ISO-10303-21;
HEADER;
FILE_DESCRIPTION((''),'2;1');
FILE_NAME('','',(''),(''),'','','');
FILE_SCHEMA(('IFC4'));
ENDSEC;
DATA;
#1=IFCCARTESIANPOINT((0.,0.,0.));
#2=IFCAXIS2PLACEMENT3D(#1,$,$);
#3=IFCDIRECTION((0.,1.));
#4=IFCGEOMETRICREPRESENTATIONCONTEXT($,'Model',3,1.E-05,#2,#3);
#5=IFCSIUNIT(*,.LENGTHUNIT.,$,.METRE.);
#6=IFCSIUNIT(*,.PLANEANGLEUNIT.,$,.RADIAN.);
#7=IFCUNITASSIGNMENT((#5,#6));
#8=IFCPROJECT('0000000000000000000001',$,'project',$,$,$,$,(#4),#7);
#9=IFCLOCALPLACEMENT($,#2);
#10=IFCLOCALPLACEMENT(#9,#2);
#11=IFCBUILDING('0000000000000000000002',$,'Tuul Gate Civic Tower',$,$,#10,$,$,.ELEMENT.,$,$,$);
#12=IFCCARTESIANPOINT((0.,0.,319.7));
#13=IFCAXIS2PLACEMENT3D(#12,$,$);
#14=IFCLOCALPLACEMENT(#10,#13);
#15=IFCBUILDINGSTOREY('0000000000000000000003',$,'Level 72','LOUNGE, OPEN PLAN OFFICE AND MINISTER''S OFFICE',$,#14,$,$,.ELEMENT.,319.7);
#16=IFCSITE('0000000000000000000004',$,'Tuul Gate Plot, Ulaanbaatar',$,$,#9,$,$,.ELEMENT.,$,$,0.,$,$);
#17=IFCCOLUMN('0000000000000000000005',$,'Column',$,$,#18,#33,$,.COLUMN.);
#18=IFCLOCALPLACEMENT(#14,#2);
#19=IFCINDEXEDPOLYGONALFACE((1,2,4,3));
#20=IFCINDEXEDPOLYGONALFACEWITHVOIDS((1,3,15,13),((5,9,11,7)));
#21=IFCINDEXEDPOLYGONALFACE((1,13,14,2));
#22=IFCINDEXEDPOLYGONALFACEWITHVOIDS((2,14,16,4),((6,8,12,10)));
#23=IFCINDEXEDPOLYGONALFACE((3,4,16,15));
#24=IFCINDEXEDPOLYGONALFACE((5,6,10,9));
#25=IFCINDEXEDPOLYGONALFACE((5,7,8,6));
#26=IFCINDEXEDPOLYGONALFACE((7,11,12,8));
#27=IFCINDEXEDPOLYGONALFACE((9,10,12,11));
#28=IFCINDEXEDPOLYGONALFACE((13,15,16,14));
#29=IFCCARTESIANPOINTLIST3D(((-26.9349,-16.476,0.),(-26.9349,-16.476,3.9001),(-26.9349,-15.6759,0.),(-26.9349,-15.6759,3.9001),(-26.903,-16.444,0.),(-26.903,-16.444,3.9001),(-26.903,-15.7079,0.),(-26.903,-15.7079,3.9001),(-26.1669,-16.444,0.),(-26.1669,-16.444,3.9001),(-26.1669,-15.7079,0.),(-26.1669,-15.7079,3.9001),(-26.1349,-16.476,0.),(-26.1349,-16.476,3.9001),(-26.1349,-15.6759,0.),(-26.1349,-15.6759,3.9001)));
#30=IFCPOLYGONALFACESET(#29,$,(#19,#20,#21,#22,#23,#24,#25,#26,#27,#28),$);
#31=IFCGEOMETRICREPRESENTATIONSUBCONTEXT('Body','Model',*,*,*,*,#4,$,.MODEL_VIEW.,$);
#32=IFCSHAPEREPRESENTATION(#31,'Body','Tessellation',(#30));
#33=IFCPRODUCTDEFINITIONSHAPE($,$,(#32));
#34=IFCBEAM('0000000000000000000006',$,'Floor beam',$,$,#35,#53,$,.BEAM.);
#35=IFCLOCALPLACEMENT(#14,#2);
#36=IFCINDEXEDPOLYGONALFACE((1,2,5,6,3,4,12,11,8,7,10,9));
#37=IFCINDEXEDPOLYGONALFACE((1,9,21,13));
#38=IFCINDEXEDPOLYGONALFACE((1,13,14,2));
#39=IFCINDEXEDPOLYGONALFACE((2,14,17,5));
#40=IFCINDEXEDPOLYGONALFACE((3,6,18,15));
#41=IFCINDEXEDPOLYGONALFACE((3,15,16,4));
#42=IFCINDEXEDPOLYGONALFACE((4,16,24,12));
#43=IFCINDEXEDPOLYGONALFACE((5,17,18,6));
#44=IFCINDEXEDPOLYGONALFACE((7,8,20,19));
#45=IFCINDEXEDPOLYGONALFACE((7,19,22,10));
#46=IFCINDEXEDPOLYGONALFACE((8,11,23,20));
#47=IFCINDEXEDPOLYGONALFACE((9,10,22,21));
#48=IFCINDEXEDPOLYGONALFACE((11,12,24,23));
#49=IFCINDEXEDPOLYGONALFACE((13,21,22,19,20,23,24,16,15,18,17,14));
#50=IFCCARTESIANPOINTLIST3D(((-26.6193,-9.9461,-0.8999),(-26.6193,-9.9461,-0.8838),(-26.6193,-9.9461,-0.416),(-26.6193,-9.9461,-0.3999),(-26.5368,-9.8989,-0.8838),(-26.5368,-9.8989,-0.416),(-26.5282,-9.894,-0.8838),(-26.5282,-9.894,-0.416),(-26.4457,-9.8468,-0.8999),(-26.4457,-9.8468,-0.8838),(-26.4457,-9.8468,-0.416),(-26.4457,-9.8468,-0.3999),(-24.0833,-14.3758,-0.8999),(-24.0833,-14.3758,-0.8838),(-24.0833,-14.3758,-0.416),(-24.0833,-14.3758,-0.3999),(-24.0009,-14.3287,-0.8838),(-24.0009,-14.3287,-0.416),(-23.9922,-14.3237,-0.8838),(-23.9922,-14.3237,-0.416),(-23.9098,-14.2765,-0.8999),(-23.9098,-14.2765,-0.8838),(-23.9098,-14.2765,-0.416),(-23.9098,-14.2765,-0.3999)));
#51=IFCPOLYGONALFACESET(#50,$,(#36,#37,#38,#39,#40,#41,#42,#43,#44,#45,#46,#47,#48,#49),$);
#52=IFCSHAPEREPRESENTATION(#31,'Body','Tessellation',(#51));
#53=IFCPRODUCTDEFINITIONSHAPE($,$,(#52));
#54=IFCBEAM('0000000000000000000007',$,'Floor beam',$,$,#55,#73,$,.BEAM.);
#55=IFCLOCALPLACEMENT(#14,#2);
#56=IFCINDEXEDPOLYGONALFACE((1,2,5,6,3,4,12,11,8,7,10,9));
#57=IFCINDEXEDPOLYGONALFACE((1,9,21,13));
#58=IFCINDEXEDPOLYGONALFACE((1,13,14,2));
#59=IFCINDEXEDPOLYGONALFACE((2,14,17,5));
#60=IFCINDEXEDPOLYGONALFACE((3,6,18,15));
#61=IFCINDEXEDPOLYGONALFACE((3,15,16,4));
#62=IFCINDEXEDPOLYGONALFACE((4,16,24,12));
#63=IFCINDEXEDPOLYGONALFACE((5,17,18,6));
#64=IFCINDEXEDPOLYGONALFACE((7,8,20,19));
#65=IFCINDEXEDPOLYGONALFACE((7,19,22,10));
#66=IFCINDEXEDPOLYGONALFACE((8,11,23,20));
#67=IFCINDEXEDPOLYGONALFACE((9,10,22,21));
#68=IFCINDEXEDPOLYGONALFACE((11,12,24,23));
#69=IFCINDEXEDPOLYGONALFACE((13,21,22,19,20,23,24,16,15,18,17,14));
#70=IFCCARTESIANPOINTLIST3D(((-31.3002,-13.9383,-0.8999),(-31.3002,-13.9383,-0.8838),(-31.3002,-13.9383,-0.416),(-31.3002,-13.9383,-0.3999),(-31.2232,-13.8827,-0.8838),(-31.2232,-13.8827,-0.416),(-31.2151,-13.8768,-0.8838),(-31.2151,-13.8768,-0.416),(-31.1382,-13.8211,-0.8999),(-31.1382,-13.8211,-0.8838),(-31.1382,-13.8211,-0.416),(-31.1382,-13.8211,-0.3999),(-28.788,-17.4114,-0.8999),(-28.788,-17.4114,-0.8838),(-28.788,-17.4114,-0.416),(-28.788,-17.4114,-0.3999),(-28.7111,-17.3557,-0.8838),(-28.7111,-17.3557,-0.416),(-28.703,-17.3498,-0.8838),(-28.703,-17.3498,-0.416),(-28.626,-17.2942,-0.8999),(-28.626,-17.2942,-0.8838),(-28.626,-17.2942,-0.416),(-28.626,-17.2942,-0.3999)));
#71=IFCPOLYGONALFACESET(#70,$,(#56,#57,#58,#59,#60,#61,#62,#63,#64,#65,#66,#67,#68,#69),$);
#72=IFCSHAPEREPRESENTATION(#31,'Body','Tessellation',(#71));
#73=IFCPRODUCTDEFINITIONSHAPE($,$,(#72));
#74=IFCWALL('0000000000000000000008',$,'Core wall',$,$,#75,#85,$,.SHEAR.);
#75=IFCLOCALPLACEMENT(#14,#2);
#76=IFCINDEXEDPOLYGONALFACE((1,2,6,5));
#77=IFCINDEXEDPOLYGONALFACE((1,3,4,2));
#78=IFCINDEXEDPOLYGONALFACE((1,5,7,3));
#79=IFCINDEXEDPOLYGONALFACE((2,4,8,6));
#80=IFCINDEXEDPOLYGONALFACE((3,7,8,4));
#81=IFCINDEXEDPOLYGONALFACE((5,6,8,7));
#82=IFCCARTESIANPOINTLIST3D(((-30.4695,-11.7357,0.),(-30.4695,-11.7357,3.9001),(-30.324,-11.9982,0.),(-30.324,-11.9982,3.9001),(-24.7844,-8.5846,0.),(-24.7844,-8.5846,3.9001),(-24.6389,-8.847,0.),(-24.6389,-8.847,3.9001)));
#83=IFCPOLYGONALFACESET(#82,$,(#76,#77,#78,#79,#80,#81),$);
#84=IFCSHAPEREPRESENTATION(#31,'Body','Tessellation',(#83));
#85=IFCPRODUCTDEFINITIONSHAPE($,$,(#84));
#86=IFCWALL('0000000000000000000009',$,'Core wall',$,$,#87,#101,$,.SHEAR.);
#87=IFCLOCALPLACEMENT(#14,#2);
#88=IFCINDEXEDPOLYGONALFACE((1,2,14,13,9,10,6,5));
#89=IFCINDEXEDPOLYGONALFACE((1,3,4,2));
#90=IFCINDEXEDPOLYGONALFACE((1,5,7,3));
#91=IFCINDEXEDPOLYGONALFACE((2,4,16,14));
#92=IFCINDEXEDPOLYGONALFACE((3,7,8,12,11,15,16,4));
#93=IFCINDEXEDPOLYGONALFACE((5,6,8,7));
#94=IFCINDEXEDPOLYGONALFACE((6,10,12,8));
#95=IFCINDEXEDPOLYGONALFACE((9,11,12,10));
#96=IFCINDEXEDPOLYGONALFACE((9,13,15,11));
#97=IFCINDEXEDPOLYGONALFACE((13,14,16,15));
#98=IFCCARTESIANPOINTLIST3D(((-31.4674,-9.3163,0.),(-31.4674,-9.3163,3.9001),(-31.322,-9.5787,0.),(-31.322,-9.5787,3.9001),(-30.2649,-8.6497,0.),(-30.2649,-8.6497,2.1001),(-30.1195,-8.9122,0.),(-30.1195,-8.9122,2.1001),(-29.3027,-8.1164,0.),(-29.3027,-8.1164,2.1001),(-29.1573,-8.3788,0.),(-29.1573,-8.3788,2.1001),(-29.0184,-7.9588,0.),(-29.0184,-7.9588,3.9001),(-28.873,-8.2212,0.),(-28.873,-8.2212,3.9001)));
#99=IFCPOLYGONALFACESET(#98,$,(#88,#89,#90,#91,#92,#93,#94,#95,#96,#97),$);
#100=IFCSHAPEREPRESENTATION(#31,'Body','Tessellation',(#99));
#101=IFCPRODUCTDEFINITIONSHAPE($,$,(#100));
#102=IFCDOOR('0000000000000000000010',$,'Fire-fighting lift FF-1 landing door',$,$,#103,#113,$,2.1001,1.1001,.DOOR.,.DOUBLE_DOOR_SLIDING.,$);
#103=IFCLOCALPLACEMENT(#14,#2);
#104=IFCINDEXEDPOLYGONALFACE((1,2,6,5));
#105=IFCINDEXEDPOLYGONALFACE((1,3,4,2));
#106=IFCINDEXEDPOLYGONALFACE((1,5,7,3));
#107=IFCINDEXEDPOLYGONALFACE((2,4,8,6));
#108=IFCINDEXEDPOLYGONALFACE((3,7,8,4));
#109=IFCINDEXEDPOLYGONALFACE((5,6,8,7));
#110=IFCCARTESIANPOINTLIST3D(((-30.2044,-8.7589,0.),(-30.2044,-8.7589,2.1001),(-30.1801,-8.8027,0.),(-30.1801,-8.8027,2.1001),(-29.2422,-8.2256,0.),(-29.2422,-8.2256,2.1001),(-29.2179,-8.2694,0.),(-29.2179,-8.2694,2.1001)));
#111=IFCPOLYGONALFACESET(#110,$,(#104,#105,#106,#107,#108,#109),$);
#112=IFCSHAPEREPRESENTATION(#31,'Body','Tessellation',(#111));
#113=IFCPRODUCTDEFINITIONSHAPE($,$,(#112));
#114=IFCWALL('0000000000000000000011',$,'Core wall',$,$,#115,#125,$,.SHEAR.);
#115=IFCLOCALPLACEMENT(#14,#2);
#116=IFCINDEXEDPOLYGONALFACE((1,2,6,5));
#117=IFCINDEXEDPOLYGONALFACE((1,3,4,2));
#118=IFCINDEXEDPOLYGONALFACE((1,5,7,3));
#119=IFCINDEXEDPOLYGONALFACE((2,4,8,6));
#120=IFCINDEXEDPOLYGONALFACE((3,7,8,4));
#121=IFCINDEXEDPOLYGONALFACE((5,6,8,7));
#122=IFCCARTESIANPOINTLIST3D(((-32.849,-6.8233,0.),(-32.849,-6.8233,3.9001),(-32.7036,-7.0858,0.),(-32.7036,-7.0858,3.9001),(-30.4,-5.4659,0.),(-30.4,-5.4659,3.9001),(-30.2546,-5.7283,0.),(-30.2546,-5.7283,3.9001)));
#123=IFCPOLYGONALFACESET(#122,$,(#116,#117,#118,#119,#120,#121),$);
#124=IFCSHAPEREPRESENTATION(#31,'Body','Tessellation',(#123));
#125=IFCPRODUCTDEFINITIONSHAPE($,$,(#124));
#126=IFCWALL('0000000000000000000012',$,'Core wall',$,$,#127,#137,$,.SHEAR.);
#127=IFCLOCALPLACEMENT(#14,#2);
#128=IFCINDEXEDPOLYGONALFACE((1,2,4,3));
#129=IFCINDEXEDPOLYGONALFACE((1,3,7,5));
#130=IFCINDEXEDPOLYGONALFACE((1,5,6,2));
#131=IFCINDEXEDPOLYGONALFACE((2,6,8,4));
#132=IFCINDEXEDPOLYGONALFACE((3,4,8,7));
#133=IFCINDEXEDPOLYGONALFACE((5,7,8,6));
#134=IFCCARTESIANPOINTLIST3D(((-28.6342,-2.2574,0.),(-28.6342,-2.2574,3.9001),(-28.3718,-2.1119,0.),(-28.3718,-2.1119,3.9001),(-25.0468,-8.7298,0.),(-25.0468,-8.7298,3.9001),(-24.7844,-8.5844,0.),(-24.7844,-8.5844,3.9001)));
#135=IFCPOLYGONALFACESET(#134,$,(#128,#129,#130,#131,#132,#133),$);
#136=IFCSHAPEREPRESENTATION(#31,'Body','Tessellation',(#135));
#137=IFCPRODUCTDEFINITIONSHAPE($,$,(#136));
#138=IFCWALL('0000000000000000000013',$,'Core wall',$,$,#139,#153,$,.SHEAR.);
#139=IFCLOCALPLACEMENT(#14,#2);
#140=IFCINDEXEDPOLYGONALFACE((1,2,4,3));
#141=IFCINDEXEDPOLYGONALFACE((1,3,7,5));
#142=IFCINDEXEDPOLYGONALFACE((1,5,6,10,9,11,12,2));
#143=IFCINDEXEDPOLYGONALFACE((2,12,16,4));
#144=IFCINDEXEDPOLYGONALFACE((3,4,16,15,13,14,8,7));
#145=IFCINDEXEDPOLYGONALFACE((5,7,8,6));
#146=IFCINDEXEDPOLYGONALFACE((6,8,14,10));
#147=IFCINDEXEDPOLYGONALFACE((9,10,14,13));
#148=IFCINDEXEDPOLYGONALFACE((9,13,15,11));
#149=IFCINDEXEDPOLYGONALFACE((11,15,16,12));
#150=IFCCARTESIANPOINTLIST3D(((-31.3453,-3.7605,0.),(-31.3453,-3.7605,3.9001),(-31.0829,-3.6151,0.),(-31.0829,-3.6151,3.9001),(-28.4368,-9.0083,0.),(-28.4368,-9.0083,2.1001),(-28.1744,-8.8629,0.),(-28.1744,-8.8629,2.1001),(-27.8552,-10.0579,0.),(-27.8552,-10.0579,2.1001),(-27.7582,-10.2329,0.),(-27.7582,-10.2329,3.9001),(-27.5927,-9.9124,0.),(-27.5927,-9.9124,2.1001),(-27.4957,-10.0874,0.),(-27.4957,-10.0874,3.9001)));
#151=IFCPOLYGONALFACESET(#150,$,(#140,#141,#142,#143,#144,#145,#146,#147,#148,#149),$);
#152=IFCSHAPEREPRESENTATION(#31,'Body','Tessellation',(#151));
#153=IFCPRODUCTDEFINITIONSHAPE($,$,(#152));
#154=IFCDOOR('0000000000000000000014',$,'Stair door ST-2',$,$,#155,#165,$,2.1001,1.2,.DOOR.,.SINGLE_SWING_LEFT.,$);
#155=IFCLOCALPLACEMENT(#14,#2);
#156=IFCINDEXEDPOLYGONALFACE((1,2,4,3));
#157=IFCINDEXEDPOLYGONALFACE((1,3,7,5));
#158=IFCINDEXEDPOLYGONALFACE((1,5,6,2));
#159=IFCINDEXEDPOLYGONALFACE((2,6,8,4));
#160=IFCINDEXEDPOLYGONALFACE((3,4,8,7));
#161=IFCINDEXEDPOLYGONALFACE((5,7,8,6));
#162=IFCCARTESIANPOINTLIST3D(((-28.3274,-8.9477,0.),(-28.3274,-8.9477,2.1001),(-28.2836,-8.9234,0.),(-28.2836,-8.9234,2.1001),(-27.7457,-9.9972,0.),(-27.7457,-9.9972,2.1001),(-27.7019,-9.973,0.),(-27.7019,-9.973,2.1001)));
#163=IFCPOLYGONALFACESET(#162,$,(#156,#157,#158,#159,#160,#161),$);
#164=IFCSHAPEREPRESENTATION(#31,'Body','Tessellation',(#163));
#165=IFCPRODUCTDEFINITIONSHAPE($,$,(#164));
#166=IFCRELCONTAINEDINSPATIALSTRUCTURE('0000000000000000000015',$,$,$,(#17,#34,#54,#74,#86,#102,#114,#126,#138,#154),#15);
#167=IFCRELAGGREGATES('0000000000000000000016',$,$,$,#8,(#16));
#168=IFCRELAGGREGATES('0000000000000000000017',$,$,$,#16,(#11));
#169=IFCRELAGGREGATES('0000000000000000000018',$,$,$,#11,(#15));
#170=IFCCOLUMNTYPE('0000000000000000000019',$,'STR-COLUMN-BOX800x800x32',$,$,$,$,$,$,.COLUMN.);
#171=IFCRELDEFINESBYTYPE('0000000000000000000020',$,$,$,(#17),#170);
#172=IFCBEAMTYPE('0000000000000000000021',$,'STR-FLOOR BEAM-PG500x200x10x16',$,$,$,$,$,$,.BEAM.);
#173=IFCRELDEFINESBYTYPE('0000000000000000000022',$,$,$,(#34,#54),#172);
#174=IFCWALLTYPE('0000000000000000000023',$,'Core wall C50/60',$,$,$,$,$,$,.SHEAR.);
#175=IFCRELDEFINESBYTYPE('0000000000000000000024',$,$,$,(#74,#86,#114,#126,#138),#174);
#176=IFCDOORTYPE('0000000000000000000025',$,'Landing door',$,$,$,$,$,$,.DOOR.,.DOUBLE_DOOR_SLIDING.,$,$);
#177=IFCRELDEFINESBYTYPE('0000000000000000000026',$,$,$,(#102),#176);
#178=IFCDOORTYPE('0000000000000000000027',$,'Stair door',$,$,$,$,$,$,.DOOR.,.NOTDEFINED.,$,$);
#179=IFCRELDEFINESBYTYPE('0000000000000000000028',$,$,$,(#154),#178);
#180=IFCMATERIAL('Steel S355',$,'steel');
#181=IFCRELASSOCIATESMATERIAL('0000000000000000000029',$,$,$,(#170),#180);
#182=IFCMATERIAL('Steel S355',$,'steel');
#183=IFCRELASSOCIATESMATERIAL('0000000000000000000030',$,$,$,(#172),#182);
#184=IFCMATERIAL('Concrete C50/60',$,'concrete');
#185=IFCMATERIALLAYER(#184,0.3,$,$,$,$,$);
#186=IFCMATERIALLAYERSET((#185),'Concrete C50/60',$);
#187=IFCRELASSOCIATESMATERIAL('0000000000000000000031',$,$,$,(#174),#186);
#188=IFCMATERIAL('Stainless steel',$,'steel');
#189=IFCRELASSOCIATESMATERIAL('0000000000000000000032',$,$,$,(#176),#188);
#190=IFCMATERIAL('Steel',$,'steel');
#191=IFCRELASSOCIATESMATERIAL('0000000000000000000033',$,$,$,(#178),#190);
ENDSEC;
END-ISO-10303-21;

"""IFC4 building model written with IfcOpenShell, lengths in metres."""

from ifc_helpers import new_model, si_unit, direction, frame, frame_2d, origin, origin_2d, place, context, subcontext, project, spatial, rectangle, hollow_rectangle, i_section, extrude, material, layer, layer_set, material_profile, profile_set, type_object, element, fill, save


model = new_model("IFC4")

# Units and contexts
model_context = context("Model", 3, precision=1e-05, world=origin(), true_north=direction((0.0, 1.0)))
body_context = subcontext(model_context, "Body", "Model", "MODEL_VIEW")
ifc_project = project(units=[si_unit("LENGTHUNIT", "METRE"), si_unit("PLANEANGLEUNIT", "RADIAN")], contexts=[model_context])

# Site, building, storey
site_placement = place(None, origin())
site = spatial("IfcSite", under=ifc_project, at=site_placement, Name="Tuul Gate Plot, Ulaanbaatar", CompositionType="ELEMENT", RefElevation=0.0)
building_placement = place(site_placement, origin())
building = spatial("IfcBuilding", under=site, at=building_placement, Name="Tuul Gate Civic Tower", CompositionType="ELEMENT")
storey_placement = place(building_placement, frame((0.0, 0.0, 319.7)))
storey = spatial("IfcBuildingStorey", under=building, at=storey_placement, Name="Level 72", Description="LOUNGE, OPEN PLAN OFFICE AND MINISTER'S OFFICE", CompositionType="ELEMENT", Elevation=319.7)

# Column
ifc_material_1 = material(Name="Steel S355", Category="steel")
ifc_material_profile_1 = material_profile(ifc_material_1, hollow_rectangle(XDim=0.8, YDim=0.8, WallThickness=0.032, at=origin_2d()), Name="BOX800x800x32")
ifc_profile_set_1 = profile_set([ifc_material_profile_1], Name="Steel S355")
column_type = type_object("IfcColumnType", Name="STR-COLUMN-BOX800x800x32", PredefinedType="COLUMN", material=ifc_profile_set_1)
column_placement = place(storey_placement, frame((-26.5349, -16.0759, 0.0), z_axis=(0.0, 0.0, 1.0), x_axis=(1.0, 0.0, 0.0)))
element("IfcColumn", 1, at=column_placement, inside=storey, type_object=column_type, Name="Column", PredefinedType="COLUMN", context=body_context, shape_type="SweptSolid", body=[
    extrude(hollow_rectangle(XDim=0.8, YDim=0.8, WallThickness=0.032, at=origin_2d()), origin(), (0.0, 0.0, 1.0), 3.9001),
])

# Beams
ifc_material_2 = material(Name="Steel S355", Category="steel")
ifc_material_profile_2 = material_profile(ifc_material_2, i_section(OverallWidth=0.2, OverallDepth=0.5, WebThickness=0.01, FlangeThickness=0.0161, at=origin_2d()), Name="PG500x200x10x16")
ifc_profile_set_2 = profile_set([ifc_material_profile_2], Name="Steel S355")
beam_type = type_object("IfcBeamType", Name="STR-FLOOR BEAM-PG500x200x10x16", PredefinedType="BEAM", material=ifc_profile_set_2)
beam_1_placement = place(storey_placement, frame((-23.9966, -14.3262, -0.6499), z_axis=(-0.496824, 0.867851, 0.0), x_axis=(-0.867851, -0.496824, 0.0)))
element("IfcBeam", 2, at=beam_1_placement, inside=storey, type_object=beam_type, Name="Floor beam", PredefinedType="BEAM", context=body_context, shape_type="SweptSolid", body=[
    extrude(i_section(OverallWidth=0.2, OverallDepth=0.5, WebThickness=0.01, FlangeThickness=0.0161, at=origin_2d()), origin(), (0.0, 0.0, 1.0), 5.1042),
])
beam_2_placement = place(storey_placement, frame((-28.707, -17.3528, -0.6499), z_axis=(-0.586077, 0.810255, 0.0), x_axis=(-0.810255, -0.586077, 0.0)))
element("IfcBeam", 3, at=beam_2_placement, inside=storey, type_object=beam_type, Name="Floor beam", PredefinedType="BEAM", context=body_context, shape_type="SweptSolid", body=[
    extrude(i_section(OverallWidth=0.2, OverallDepth=0.5, WebThickness=0.01, FlangeThickness=0.0161, at=origin_2d()), origin(), (0.0, 0.0, 1.0), 4.2864),
])

# Wall
ifc_material_3 = material(Name="Concrete C50/60", Category="concrete")
ifc_layer_1 = layer(ifc_material_3, 0.3)
ifc_layer_set_1 = layer_set([ifc_layer_1], Name="Concrete C50/60")
wall_type_1 = type_object("IfcWallType", Name="Core wall C50/60", PredefinedType="SHEAR", material=ifc_layer_set_1)
wall_1_placement = place(storey_placement, frame((-24.7117, -8.7158, 0.0), z_axis=(0.0, 0.0, 1.0), x_axis=(-0.87463, -0.484791, 0.0)))
element("IfcWall", 4, at=wall_1_placement, inside=storey, type_object=wall_type_1, Name="Core wall", PredefinedType="SHEAR", context=body_context, shape_type="SweptSolid", body=[
    extrude(rectangle(XDim=6.5, YDim=0.3, at=frame_2d((3.25, 0.0))), origin(), (0.0, 0.0, 1.0), 3.9001),
])

# Wall, opening, door
wall_2_placement = place(storey_placement, frame((-28.9458, -8.0901, 0.0), z_axis=(0.0, 0.0, 1.0), x_axis=(-0.87463, -0.484791, 0.0)))
wall_2 = element("IfcWall", 5, at=wall_2_placement, inside=storey, type_object=wall_type_1, Name="Core wall", PredefinedType="SHEAR", context=body_context, shape_type="SweptSolid", body=[
    extrude(rectangle(XDim=2.8, YDim=0.3, at=frame_2d((1.3999, 0.0))), origin(), (0.0, 0.0, 1.0), 3.9001),
])
opening_1_placement = place(wall_2_placement, frame((0.325, 0.0, 0.0)))
opening_1 = element("IfcOpeningElement", 6, at=opening_1_placement, cuts=wall_2, PredefinedType="OPENING", context=body_context, shape_type="SweptSolid", body=[
    extrude(rectangle(XDim=1.1001, YDim=2.1001, at=frame_2d((0.55, 1.05))), frame((0.0, 0.1602, 0.0), z_axis=(0.0, -1.0, 0.0), x_axis=(1.0, 0.0, 0.0)), (0.0, 0.0, 1.0), 0.3201),
])
ifc_material_4 = material(Name="Stainless steel", Category="steel")
door_type_1 = type_object("IfcDoorType", Name="Landing door", OperationType="DOUBLE_DOOR_SLIDING", PredefinedType="DOOR", material=ifc_material_4)
door_1_placement = place(opening_1_placement, origin())
door_1 = element("IfcDoor", 7, at=door_1_placement, inside=storey, type_object=door_type_1, Name="Fire-fighting lift FF-1 landing door", OperationType="DOUBLE_DOOR_SLIDING", OverallHeight=2.1001, OverallWidth=1.1001, PredefinedType="DOOR", context=body_context, shape_type="SweptSolid", body=[
    extrude(rectangle(XDim=1.1001, YDim=2.1001, at=frame_2d((0.55, 1.05))), frame((0.0, 0.0249, 0.0), z_axis=(0.0, -1.0, 0.0), x_axis=(1.0, 0.0, 0.0)), (0.0, 0.0, 1.0), 0.05),
])
fill(opening_1, door_1)

# Walls
wall_3_placement = place(storey_placement, frame((-30.3274, -5.5972, 0.0), z_axis=(0.0, 0.0, 1.0), x_axis=(-0.87463, -0.484791, 0.0)))
element("IfcWall", 8, at=wall_3_placement, inside=storey, type_object=wall_type_1, Name="Core wall", PredefinedType="SHEAR", context=body_context, shape_type="SweptSolid", body=[
    extrude(rectangle(XDim=2.8, YDim=0.3, at=frame_2d((1.3999, 0.0))), origin(), (0.0, 0.0, 1.0), 3.9001),
])
wall_4_placement = place(storey_placement, frame((-24.9155, -8.6572, 0.0), z_axis=(0.0, 0.0, 1.0), x_axis=(-0.484777, 0.874638, 0.0)))
element("IfcWall", 9, at=wall_4_placement, inside=storey, type_object=wall_type_1, Name="Core wall", PredefinedType="SHEAR", context=body_context, shape_type="SweptSolid", body=[
    extrude(rectangle(XDim=7.4001, YDim=0.3, at=frame_2d((3.7002, 0.0))), origin(), (0.0, 0.0, 1.0), 3.9001),
])

# Wall, opening, door
wall_5_placement = place(storey_placement, frame((-27.627, -10.1602, 0.0), z_axis=(0.0, 0.0, 1.0), x_axis=(-0.484752, 0.874652, 0.0)))
wall_5 = element("IfcWall", 10, at=wall_5_placement, inside=storey, type_object=wall_type_1, Name="Core wall", PredefinedType="SHEAR", context=body_context, shape_type="SweptSolid", body=[
    extrude(rectangle(XDim=7.3999, YDim=0.3, at=frame_2d((3.7, 0.0))), origin(), (0.0, 0.0, 1.0), 3.9001),
])
opening_2_placement = place(wall_5_placement, frame((0.2, 0.0, 0.0)))
opening_2 = element("IfcOpeningElement", 11, at=opening_2_placement, cuts=wall_5, PredefinedType="OPENING", context=body_context, shape_type="SweptSolid", body=[
    extrude(rectangle(XDim=1.2, YDim=2.1001, at=frame_2d((0.6001, 1.05))), frame((0.0, 0.1602, 0.0), z_axis=(0.0, -1.0, 0.0), x_axis=(1.0, 0.0, 0.0)), (0.0, 0.0, 1.0), 0.3201),
])
ifc_material_5 = material(Name="Steel", Category="steel")
door_type_2 = type_object("IfcDoorType", Name="Stair door", OperationType="NOTDEFINED", PredefinedType="DOOR", material=ifc_material_5)
door_2_placement = place(opening_2_placement, origin())
door_2 = element("IfcDoor", 12, at=door_2_placement, inside=storey, type_object=door_type_2, Name="Stair door ST-2", OperationType="SINGLE_SWING_LEFT", OverallHeight=2.1001, OverallWidth=1.2, PredefinedType="DOOR", context=body_context, shape_type="SweptSolid", body=[
    extrude(rectangle(XDim=1.2, YDim=2.1001, at=frame_2d((0.6001, 1.05))), frame((0.0, 0.0249, 0.0), z_axis=(0.0, -1.0, 0.0), x_axis=(1.0, 0.0, 0.0)), (0.0, 0.0, 1.0), 0.05),
])
fill(opening_2, door_2)

save(model, "model.ifc")
